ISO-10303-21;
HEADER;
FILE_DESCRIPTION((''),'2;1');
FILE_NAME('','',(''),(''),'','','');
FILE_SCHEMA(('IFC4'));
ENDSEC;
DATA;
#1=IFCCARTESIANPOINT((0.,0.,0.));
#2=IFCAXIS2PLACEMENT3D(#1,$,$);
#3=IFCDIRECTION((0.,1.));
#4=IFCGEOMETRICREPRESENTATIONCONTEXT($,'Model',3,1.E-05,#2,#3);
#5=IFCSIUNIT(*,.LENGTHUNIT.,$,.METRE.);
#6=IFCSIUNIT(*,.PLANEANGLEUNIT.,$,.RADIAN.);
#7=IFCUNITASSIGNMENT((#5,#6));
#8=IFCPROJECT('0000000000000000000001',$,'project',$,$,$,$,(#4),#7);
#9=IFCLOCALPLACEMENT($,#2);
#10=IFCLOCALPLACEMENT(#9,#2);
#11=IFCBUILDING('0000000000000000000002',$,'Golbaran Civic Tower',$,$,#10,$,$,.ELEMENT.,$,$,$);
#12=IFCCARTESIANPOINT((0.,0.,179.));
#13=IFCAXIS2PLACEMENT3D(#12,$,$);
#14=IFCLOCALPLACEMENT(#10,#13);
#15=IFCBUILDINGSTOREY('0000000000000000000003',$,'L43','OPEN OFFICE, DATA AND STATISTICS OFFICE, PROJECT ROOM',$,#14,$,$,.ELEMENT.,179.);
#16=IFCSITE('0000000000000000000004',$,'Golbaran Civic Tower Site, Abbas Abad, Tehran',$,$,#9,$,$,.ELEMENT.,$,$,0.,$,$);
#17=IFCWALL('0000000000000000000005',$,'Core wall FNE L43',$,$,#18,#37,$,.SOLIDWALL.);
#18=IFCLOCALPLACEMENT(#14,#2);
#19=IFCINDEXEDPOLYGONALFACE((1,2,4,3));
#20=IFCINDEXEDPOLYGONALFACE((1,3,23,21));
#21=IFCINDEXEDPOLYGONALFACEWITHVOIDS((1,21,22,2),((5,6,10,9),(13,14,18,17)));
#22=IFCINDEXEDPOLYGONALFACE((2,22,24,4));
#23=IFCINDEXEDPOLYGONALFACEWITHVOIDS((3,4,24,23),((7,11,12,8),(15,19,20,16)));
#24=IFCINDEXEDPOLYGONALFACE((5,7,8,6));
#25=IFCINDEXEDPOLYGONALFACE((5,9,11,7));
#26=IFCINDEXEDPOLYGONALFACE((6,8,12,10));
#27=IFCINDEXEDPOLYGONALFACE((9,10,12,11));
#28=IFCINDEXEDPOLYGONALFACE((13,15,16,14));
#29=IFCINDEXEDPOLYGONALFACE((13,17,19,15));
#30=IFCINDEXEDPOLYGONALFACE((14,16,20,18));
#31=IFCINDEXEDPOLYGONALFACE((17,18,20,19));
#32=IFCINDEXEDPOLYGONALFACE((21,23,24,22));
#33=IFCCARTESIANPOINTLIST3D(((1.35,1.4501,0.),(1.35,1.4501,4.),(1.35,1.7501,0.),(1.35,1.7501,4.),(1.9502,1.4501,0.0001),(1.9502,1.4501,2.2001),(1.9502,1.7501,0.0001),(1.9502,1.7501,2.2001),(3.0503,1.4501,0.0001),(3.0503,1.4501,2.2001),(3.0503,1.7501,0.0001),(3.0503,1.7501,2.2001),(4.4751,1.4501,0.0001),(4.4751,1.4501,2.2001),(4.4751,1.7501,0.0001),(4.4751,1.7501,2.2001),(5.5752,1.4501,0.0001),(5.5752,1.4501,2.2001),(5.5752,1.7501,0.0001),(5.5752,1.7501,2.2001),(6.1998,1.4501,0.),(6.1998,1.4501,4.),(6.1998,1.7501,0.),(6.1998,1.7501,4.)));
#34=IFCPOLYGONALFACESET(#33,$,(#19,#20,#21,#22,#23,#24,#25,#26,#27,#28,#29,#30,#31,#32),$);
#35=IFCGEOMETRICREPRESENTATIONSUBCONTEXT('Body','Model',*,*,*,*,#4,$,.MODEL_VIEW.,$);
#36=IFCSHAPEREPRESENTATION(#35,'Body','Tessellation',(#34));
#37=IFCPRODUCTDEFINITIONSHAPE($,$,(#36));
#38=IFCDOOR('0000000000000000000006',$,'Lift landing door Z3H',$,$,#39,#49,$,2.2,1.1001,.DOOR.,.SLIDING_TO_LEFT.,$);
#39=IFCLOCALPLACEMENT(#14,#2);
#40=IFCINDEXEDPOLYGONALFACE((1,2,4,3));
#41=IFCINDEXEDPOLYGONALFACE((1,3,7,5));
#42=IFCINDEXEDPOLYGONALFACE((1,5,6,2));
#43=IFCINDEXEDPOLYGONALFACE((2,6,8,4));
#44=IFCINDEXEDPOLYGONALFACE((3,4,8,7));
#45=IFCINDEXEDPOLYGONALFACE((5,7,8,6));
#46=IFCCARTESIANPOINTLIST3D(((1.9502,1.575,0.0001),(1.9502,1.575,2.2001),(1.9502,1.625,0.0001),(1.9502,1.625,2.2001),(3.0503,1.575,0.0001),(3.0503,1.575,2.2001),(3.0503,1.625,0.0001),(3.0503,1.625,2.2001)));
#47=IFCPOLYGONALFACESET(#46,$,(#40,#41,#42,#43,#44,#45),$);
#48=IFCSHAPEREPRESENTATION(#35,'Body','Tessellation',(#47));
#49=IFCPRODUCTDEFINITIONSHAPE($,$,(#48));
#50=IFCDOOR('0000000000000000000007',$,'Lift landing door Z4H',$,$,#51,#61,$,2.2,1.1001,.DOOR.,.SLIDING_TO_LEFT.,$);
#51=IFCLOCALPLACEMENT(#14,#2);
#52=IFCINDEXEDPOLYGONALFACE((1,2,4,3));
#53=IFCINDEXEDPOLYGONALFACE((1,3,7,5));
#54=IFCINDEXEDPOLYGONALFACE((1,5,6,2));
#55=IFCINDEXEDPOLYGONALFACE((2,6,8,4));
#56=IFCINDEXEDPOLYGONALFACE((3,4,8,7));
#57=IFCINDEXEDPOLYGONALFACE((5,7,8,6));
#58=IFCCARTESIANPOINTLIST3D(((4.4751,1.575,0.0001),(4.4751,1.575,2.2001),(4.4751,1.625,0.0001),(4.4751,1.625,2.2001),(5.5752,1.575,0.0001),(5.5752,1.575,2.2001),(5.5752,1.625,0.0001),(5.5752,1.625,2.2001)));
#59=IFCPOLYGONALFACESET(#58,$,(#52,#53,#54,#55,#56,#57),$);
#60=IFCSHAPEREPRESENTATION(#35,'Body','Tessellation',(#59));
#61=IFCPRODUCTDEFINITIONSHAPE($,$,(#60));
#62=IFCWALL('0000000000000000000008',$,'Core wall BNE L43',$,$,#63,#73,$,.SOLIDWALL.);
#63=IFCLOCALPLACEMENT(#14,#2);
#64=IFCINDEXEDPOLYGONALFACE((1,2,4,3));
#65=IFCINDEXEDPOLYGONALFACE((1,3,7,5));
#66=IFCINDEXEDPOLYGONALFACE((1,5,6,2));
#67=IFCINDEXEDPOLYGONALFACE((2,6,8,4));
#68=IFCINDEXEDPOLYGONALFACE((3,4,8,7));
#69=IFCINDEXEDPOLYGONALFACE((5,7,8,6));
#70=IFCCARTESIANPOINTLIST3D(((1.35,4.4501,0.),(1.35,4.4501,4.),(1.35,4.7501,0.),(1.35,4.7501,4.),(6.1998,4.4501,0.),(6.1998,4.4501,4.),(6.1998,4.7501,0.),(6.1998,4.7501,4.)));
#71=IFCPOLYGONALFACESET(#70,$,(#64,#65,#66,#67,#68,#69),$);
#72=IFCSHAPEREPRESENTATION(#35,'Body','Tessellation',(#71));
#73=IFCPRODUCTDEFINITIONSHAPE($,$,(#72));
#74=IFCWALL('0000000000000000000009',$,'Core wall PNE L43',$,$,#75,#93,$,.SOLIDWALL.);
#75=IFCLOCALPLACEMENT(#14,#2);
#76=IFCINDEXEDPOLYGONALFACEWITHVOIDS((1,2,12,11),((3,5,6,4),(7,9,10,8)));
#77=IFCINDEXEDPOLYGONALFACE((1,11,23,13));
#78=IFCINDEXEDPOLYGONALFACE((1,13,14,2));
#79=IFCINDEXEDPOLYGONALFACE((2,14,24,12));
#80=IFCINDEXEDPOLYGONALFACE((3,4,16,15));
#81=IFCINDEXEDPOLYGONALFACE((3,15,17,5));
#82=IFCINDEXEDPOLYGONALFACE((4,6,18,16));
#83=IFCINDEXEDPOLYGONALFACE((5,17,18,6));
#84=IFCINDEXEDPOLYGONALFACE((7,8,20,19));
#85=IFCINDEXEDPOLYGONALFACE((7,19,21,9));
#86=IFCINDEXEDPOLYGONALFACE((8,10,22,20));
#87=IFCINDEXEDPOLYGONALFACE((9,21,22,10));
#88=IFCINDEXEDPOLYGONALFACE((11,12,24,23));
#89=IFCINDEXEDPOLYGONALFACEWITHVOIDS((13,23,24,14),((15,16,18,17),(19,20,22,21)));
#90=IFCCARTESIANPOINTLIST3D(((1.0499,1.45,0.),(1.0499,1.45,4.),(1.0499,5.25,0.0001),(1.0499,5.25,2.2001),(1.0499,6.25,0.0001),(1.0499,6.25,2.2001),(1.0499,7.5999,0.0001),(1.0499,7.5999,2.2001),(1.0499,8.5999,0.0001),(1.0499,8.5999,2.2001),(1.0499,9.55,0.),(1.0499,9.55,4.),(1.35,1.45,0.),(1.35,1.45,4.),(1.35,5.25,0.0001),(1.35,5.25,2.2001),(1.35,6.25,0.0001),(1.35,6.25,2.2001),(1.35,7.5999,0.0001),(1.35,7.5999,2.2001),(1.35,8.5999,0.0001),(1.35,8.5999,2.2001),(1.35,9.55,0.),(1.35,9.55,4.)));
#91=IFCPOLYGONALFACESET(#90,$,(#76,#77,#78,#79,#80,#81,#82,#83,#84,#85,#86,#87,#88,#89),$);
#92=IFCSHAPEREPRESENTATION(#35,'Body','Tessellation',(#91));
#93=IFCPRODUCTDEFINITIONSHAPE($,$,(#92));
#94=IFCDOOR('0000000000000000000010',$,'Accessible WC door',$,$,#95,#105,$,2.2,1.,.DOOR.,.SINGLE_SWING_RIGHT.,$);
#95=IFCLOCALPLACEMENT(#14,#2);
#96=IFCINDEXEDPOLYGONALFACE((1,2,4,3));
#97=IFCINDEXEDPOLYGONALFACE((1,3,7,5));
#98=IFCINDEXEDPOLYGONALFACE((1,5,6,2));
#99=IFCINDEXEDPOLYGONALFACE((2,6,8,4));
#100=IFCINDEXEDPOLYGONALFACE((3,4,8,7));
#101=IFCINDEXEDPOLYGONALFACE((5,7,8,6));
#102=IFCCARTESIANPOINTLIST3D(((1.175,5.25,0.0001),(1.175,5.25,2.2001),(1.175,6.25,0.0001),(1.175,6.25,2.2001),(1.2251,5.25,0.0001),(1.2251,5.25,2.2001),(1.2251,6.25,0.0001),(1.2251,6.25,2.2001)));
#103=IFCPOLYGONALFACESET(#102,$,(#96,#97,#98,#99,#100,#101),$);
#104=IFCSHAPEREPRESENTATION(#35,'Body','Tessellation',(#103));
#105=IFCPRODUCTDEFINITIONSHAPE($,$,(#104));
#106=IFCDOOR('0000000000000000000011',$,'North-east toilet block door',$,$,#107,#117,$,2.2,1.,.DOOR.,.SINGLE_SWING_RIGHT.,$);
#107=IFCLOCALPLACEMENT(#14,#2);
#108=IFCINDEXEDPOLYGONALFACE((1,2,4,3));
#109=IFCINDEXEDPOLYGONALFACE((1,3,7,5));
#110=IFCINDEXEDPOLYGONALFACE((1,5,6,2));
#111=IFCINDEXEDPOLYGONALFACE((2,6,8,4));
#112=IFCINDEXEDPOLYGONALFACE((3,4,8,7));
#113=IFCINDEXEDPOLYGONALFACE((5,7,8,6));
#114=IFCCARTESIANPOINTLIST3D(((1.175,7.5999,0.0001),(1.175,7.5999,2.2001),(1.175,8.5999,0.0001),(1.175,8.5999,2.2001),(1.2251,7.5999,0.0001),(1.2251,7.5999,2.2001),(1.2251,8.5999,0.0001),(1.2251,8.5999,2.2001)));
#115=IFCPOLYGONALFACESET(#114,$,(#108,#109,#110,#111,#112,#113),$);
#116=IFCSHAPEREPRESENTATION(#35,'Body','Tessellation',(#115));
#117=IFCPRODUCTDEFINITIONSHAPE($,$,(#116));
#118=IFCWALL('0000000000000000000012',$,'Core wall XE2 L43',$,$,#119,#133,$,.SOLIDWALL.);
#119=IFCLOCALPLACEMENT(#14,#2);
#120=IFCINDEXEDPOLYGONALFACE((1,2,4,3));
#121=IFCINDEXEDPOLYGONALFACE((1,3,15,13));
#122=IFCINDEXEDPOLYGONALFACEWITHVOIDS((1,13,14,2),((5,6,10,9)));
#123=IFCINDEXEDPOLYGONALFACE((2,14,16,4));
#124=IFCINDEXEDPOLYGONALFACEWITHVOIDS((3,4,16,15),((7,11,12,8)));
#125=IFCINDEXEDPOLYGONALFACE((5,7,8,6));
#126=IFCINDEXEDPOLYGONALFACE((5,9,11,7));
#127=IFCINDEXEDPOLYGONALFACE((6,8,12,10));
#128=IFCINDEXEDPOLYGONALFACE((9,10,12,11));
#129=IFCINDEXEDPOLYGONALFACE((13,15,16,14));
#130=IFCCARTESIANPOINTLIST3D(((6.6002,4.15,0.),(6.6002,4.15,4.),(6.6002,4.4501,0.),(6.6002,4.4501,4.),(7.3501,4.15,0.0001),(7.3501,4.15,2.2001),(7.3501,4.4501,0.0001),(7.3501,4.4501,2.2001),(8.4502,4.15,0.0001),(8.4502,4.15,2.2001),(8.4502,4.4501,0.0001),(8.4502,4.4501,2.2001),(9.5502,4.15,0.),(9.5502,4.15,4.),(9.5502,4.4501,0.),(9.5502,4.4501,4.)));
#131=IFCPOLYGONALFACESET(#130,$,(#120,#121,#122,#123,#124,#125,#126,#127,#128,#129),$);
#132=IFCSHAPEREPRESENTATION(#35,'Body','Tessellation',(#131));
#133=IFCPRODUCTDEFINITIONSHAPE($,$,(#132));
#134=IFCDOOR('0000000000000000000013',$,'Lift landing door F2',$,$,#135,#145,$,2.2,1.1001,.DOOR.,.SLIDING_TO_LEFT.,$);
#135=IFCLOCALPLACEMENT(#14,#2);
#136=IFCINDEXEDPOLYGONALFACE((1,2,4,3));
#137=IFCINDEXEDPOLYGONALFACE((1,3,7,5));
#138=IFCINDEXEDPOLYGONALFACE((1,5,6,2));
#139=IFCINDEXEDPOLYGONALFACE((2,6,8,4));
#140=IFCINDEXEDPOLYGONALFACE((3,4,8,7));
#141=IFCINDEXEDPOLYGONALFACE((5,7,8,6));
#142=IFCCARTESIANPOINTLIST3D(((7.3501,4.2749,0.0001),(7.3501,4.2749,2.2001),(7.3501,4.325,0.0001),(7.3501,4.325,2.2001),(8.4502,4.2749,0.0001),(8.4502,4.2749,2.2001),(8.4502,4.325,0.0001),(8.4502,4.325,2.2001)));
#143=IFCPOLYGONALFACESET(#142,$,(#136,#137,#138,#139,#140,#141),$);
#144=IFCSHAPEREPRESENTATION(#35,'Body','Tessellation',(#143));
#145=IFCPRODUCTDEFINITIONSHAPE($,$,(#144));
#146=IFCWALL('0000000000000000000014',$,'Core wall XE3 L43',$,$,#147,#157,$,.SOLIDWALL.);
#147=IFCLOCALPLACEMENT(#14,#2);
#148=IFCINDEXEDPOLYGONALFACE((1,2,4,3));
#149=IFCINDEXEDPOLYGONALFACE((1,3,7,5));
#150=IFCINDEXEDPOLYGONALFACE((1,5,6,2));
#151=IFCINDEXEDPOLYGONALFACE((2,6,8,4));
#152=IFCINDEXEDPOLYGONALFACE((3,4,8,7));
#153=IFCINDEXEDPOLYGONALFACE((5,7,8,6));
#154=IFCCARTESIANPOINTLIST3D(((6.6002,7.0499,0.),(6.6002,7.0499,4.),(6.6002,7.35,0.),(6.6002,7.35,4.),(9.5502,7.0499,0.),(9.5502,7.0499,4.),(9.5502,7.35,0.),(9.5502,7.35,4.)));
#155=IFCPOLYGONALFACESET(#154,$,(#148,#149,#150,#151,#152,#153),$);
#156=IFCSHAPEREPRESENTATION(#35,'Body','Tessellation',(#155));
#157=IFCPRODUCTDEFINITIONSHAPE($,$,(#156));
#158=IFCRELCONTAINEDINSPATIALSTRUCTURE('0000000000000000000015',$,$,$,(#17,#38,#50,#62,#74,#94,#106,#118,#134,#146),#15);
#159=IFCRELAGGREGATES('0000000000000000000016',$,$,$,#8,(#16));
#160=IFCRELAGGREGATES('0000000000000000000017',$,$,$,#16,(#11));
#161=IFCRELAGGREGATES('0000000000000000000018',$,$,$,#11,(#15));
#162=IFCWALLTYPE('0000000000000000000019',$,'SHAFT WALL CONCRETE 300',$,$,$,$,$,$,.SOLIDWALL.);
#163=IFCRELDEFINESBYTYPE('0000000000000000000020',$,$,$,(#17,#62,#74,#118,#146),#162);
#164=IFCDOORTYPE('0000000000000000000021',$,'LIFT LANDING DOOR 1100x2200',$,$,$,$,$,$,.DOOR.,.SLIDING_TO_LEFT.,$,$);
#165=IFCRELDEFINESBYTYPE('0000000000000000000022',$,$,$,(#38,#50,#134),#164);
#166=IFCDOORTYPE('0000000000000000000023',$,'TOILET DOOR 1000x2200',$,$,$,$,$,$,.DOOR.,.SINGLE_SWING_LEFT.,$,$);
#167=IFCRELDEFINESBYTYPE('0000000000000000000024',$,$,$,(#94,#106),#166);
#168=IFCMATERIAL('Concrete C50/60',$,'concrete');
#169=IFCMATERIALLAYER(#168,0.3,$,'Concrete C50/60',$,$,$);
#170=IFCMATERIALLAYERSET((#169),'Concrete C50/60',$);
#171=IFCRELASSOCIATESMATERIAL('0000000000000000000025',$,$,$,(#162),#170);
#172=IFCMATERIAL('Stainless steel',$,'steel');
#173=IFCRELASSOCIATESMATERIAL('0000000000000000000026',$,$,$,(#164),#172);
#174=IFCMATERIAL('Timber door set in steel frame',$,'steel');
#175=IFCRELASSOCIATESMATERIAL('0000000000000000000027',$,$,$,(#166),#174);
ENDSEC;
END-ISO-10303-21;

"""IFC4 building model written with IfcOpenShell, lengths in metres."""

from ifc_helpers import new_model, si_unit, direction, frame, frame_2d, origin, place, context, subcontext, project, spatial, rectangle, extrude, material, layer, layer_set, type_object, element, fill, save


model = new_model("IFC4")

# Units and contexts
model_context = context("Model", 3, precision=1e-05, world=origin(), true_north=direction((0.0, 1.0)))
body_context = subcontext(model_context, "Body", "Model", "MODEL_VIEW")
ifc_project = project(units=[si_unit("LENGTHUNIT", "METRE"), si_unit("PLANEANGLEUNIT", "RADIAN")], contexts=[model_context])

# Site, building, storey
site_placement = place(None, origin())
site = spatial("IfcSite", under=ifc_project, at=site_placement, Name="Golbaran Civic Tower Site, Abbas Abad, Tehran", CompositionType="ELEMENT", RefElevation=0.0)
building_placement = place(site_placement, origin())
building = spatial("IfcBuilding", under=site, at=building_placement, Name="Golbaran Civic Tower", CompositionType="ELEMENT")
storey_placement = place(building_placement, frame((0.0, 0.0, 179.0)))
storey = spatial("IfcBuildingStorey", under=building, at=storey_placement, Name="L43", Description="OPEN OFFICE, DATA AND STATISTICS OFFICE, PROJECT ROOM", CompositionType="ELEMENT", Elevation=179.0)

# Shared definitions
ifc_material_1 = material(Name="Timber door set in steel frame", Category="steel")

# Shared definitions
ifc_material_2 = material(Name="Concrete C50/60", Category="concrete")

# Wall, openings, doors
ifc_layer_1 = layer(ifc_material_2, 0.3, Name="Concrete C50/60")
ifc_layer_set_1 = layer_set([ifc_layer_1], Name="Concrete C50/60")
wall_type_1 = type_object("IfcWallType", Name="SHAFT WALL CONCRETE 300", PredefinedType="SOLIDWALL", material=ifc_layer_set_1)
wall_1_placement = place(storey_placement, frame((1.3501, 1.6001, 0.0), z_axis=(0.0, 0.0, 1.0), x_axis=(1.0, 0.0, 0.0)))
wall_1 = element("IfcWall", 1, at=wall_1_placement, inside=storey, type_object=wall_type_1, Name="Core wall FNE L43", PredefinedType="SOLIDWALL", context=body_context, shape_type="SweptSolid", body=[
    extrude(rectangle(XDim=4.8499, YDim=0.3, at=frame_2d((2.4248, 0.0))), origin(), (0.0, 0.0, 1.0), 4.0),
])
opening_1_placement = place(wall_1_placement, frame((0.6001, 0.0, 0.0)))
opening_1 = element("IfcOpeningElement", 2, at=opening_1_placement, cuts=wall_1, PredefinedType="OPENING", context=body_context, shape_type="SweptSolid", body=[
    extrude(rectangle(XDim=1.1001, YDim=2.2, at=frame_2d((0.55, 1.1001))), frame((0.0, 0.1599, 0.0), z_axis=(0.0, -1.0, 0.0), x_axis=(1.0, 0.0, 0.0)), (0.0, 0.0, 1.0), 0.3201),
])
opening_2_placement = place(wall_1_placement, frame((3.125, 0.0, 0.0)))
opening_2 = element("IfcOpeningElement", 3, at=opening_2_placement, cuts=wall_1, PredefinedType="OPENING", context=body_context, shape_type="SweptSolid", body=[
    extrude(rectangle(XDim=1.1001, YDim=2.2, at=frame_2d((0.55, 1.1001))), frame((0.0, 0.1599, 0.0), z_axis=(0.0, -1.0, 0.0), x_axis=(1.0, 0.0, 0.0)), (0.0, 0.0, 1.0), 0.3201),
])
ifc_material_3 = material(Name="Stainless steel", Category="steel")
door_type_1 = type_object("IfcDoorType", Name="LIFT LANDING DOOR 1100x2200", OperationType="SLIDING_TO_LEFT", PredefinedType="DOOR", material=ifc_material_3)
door_1_placement = place(opening_1_placement, origin())
door_1 = element("IfcDoor", 4, at=door_1_placement, inside=storey, type_object=door_type_1, Name="Lift landing door Z3H", OperationType="SLIDING_TO_LEFT", OverallHeight=2.2, OverallWidth=1.1001, PredefinedType="DOOR", context=body_context, shape_type="SweptSolid", body=[
    extrude(rectangle(XDim=1.1001, YDim=2.2, at=frame_2d((0.55, 1.1001))), frame((0.0, 0.0249, 0.0), z_axis=(0.0, -1.0, 0.0), x_axis=(1.0, 0.0, 0.0)), (0.0, 0.0, 1.0), 0.05),
])
fill(opening_1, door_1)
door_2_placement = place(opening_2_placement, origin())
door_2 = element("IfcDoor", 5, at=door_2_placement, inside=storey, type_object=door_type_1, Name="Lift landing door Z4H", OperationType="SLIDING_TO_LEFT", OverallHeight=2.2, OverallWidth=1.1001, PredefinedType="DOOR", context=body_context, shape_type="SweptSolid", body=[
    extrude(rectangle(XDim=1.1001, YDim=2.2, at=frame_2d((0.55, 1.1001))), frame((0.0, 0.0249, 0.0), z_axis=(0.0, -1.0, 0.0), x_axis=(1.0, 0.0, 0.0)), (0.0, 0.0, 1.0), 0.05),
])
fill(opening_2, door_2)

# Wall
wall_2_placement = place(storey_placement, frame((1.3501, 4.6001, 0.0), z_axis=(0.0, 0.0, 1.0), x_axis=(1.0, 0.0, 0.0)))
element("IfcWall", 6, at=wall_2_placement, inside=storey, type_object=wall_type_1, Name="Core wall BNE L43", PredefinedType="SOLIDWALL", context=body_context, shape_type="SweptSolid", body=[
    extrude(rectangle(XDim=4.8499, YDim=0.3, at=frame_2d((2.4248, 0.0))), origin(), (0.0, 0.0, 1.0), 4.0),
])

# Wall, openings, doors
wall_3_placement = place(storey_placement, frame((1.2, 1.45, 0.0), z_axis=(0.0, 0.0, 1.0), x_axis=(0.0, 1.0, 0.0)))
wall_3 = element("IfcWall", 7, at=wall_3_placement, inside=storey, type_object=wall_type_1, Name="Core wall PNE L43", PredefinedType="SOLIDWALL", context=body_context, shape_type="SweptSolid", body=[
    extrude(rectangle(XDim=8.1001, YDim=0.3, at=frame_2d((4.05, 0.0))), origin(), (0.0, 0.0, 1.0), 4.0),
])
opening_3_placement = place(wall_3_placement, frame((3.8, 0.0, 0.0)))
opening_3 = element("IfcOpeningElement", 8, at=opening_3_placement, cuts=wall_3, PredefinedType="OPENING", context=body_context, shape_type="SweptSolid", body=[
    extrude(rectangle(XDim=1.0, YDim=2.2, at=frame_2d((0.5, 1.1001))), frame((0.0, 0.1599, 0.0), z_axis=(0.0, -1.0, 0.0), x_axis=(1.0, 0.0, 0.0)), (0.0, 0.0, 1.0), 0.3201),
])
opening_4_placement = place(wall_3_placement, frame((6.1499, 0.0, 0.0)))
opening_4 = element("IfcOpeningElement", 9, at=opening_4_placement, cuts=wall_3, PredefinedType="OPENING", context=body_context, shape_type="SweptSolid", body=[
    extrude(rectangle(XDim=1.0, YDim=2.2, at=frame_2d((0.5, 1.1001))), frame((0.0, 0.1599, 0.0), z_axis=(0.0, -1.0, 0.0), x_axis=(1.0, 0.0, 0.0)), (0.0, 0.0, 1.0), 0.3201),
])
door_type_2 = type_object("IfcDoorType", Name="TOILET DOOR 1000x2200", OperationType="SINGLE_SWING_LEFT", PredefinedType="DOOR", material=ifc_material_1)
door_3_placement = place(opening_3_placement, origin())
door_3 = element("IfcDoor", 10, at=door_3_placement, inside=storey, type_object=door_type_2, Name="Accessible WC door", OperationType="SINGLE_SWING_RIGHT", OverallHeight=2.2, OverallWidth=1.0, PredefinedType="DOOR", context=body_context, shape_type="SweptSolid", body=[
    extrude(rectangle(XDim=1.0, YDim=2.2, at=frame_2d((0.5, 1.1001))), frame((0.0, 0.0249, 0.0), z_axis=(0.0, -1.0, 0.0), x_axis=(1.0, 0.0, 0.0)), (0.0, 0.0, 1.0), 0.05),
])
fill(opening_3, door_3)
door_4_placement = place(opening_4_placement, origin())
door_4 = element("IfcDoor", 11, at=door_4_placement, inside=storey, type_object=door_type_2, Name="North-east toilet block door", OperationType="SINGLE_SWING_RIGHT", OverallHeight=2.2, OverallWidth=1.0, PredefinedType="DOOR", context=body_context, shape_type="SweptSolid", body=[
    extrude(rectangle(XDim=1.0, YDim=2.2, at=frame_2d((0.5, 1.1001))), frame((0.0, 0.0249, 0.0), z_axis=(0.0, -1.0, 0.0), x_axis=(1.0, 0.0, 0.0)), (0.0, 0.0, 1.0), 0.05),
])
fill(opening_4, door_4)

# Wall, opening, door
wall_4_placement = place(storey_placement, frame((6.6001, 4.3, 0.0), z_axis=(0.0, 0.0, 1.0), x_axis=(1.0, 0.0, 0.0)))
wall_4 = element("IfcWall", 12, at=wall_4_placement, inside=storey, type_object=wall_type_1, Name="Core wall XE2 L43", PredefinedType="SOLIDWALL", context=body_context, shape_type="SweptSolid", body=[
    extrude(rectangle(XDim=2.95, YDim=0.3, at=frame_2d((1.4751, 0.0))), origin(), (0.0, 0.0, 1.0), 4.0),
])
opening_5_placement = place(wall_4_placement, frame((0.75, 0.0, 0.0)))
opening_5 = element("IfcOpeningElement", 13, at=opening_5_placement, cuts=wall_4, PredefinedType="OPENING", context=body_context, shape_type="SweptSolid", body=[
    extrude(rectangle(XDim=1.1001, YDim=2.2, at=frame_2d((0.55, 1.1001))), frame((0.0, 0.1599, 0.0), z_axis=(0.0, -1.0, 0.0), x_axis=(1.0, 0.0, 0.0)), (0.0, 0.0, 1.0), 0.3201),
])
door_5_placement = place(opening_5_placement, origin())
door_5 = element("IfcDoor", 14, at=door_5_placement, inside=storey, type_object=door_type_1, Name="Lift landing door F2", OperationType="SLIDING_TO_LEFT", OverallHeight=2.2, OverallWidth=1.1001, PredefinedType="DOOR", context=body_context, shape_type="SweptSolid", body=[
    extrude(rectangle(XDim=1.1001, YDim=2.2, at=frame_2d((0.55, 1.1001))), frame((0.0, 0.0249, 0.0), z_axis=(0.0, -1.0, 0.0), x_axis=(1.0, 0.0, 0.0)), (0.0, 0.0, 1.0), 0.05),
])
fill(opening_5, door_5)

# Wall
wall_5_placement = place(storey_placement, frame((6.6001, 7.2, 0.0), z_axis=(0.0, 0.0, 1.0), x_axis=(1.0, 0.0, 0.0)))
element("IfcWall", 15, at=wall_5_placement, inside=storey, type_object=wall_type_1, Name="Core wall XE3 L43", PredefinedType="SOLIDWALL", context=body_context, shape_type="SweptSolid", body=[
    extrude(rectangle(XDim=2.95, YDim=0.3, at=frame_2d((1.4751, 0.0))), origin(), (0.0, 0.0, 1.0), 4.0),
])

save(model, "model.ifc")
